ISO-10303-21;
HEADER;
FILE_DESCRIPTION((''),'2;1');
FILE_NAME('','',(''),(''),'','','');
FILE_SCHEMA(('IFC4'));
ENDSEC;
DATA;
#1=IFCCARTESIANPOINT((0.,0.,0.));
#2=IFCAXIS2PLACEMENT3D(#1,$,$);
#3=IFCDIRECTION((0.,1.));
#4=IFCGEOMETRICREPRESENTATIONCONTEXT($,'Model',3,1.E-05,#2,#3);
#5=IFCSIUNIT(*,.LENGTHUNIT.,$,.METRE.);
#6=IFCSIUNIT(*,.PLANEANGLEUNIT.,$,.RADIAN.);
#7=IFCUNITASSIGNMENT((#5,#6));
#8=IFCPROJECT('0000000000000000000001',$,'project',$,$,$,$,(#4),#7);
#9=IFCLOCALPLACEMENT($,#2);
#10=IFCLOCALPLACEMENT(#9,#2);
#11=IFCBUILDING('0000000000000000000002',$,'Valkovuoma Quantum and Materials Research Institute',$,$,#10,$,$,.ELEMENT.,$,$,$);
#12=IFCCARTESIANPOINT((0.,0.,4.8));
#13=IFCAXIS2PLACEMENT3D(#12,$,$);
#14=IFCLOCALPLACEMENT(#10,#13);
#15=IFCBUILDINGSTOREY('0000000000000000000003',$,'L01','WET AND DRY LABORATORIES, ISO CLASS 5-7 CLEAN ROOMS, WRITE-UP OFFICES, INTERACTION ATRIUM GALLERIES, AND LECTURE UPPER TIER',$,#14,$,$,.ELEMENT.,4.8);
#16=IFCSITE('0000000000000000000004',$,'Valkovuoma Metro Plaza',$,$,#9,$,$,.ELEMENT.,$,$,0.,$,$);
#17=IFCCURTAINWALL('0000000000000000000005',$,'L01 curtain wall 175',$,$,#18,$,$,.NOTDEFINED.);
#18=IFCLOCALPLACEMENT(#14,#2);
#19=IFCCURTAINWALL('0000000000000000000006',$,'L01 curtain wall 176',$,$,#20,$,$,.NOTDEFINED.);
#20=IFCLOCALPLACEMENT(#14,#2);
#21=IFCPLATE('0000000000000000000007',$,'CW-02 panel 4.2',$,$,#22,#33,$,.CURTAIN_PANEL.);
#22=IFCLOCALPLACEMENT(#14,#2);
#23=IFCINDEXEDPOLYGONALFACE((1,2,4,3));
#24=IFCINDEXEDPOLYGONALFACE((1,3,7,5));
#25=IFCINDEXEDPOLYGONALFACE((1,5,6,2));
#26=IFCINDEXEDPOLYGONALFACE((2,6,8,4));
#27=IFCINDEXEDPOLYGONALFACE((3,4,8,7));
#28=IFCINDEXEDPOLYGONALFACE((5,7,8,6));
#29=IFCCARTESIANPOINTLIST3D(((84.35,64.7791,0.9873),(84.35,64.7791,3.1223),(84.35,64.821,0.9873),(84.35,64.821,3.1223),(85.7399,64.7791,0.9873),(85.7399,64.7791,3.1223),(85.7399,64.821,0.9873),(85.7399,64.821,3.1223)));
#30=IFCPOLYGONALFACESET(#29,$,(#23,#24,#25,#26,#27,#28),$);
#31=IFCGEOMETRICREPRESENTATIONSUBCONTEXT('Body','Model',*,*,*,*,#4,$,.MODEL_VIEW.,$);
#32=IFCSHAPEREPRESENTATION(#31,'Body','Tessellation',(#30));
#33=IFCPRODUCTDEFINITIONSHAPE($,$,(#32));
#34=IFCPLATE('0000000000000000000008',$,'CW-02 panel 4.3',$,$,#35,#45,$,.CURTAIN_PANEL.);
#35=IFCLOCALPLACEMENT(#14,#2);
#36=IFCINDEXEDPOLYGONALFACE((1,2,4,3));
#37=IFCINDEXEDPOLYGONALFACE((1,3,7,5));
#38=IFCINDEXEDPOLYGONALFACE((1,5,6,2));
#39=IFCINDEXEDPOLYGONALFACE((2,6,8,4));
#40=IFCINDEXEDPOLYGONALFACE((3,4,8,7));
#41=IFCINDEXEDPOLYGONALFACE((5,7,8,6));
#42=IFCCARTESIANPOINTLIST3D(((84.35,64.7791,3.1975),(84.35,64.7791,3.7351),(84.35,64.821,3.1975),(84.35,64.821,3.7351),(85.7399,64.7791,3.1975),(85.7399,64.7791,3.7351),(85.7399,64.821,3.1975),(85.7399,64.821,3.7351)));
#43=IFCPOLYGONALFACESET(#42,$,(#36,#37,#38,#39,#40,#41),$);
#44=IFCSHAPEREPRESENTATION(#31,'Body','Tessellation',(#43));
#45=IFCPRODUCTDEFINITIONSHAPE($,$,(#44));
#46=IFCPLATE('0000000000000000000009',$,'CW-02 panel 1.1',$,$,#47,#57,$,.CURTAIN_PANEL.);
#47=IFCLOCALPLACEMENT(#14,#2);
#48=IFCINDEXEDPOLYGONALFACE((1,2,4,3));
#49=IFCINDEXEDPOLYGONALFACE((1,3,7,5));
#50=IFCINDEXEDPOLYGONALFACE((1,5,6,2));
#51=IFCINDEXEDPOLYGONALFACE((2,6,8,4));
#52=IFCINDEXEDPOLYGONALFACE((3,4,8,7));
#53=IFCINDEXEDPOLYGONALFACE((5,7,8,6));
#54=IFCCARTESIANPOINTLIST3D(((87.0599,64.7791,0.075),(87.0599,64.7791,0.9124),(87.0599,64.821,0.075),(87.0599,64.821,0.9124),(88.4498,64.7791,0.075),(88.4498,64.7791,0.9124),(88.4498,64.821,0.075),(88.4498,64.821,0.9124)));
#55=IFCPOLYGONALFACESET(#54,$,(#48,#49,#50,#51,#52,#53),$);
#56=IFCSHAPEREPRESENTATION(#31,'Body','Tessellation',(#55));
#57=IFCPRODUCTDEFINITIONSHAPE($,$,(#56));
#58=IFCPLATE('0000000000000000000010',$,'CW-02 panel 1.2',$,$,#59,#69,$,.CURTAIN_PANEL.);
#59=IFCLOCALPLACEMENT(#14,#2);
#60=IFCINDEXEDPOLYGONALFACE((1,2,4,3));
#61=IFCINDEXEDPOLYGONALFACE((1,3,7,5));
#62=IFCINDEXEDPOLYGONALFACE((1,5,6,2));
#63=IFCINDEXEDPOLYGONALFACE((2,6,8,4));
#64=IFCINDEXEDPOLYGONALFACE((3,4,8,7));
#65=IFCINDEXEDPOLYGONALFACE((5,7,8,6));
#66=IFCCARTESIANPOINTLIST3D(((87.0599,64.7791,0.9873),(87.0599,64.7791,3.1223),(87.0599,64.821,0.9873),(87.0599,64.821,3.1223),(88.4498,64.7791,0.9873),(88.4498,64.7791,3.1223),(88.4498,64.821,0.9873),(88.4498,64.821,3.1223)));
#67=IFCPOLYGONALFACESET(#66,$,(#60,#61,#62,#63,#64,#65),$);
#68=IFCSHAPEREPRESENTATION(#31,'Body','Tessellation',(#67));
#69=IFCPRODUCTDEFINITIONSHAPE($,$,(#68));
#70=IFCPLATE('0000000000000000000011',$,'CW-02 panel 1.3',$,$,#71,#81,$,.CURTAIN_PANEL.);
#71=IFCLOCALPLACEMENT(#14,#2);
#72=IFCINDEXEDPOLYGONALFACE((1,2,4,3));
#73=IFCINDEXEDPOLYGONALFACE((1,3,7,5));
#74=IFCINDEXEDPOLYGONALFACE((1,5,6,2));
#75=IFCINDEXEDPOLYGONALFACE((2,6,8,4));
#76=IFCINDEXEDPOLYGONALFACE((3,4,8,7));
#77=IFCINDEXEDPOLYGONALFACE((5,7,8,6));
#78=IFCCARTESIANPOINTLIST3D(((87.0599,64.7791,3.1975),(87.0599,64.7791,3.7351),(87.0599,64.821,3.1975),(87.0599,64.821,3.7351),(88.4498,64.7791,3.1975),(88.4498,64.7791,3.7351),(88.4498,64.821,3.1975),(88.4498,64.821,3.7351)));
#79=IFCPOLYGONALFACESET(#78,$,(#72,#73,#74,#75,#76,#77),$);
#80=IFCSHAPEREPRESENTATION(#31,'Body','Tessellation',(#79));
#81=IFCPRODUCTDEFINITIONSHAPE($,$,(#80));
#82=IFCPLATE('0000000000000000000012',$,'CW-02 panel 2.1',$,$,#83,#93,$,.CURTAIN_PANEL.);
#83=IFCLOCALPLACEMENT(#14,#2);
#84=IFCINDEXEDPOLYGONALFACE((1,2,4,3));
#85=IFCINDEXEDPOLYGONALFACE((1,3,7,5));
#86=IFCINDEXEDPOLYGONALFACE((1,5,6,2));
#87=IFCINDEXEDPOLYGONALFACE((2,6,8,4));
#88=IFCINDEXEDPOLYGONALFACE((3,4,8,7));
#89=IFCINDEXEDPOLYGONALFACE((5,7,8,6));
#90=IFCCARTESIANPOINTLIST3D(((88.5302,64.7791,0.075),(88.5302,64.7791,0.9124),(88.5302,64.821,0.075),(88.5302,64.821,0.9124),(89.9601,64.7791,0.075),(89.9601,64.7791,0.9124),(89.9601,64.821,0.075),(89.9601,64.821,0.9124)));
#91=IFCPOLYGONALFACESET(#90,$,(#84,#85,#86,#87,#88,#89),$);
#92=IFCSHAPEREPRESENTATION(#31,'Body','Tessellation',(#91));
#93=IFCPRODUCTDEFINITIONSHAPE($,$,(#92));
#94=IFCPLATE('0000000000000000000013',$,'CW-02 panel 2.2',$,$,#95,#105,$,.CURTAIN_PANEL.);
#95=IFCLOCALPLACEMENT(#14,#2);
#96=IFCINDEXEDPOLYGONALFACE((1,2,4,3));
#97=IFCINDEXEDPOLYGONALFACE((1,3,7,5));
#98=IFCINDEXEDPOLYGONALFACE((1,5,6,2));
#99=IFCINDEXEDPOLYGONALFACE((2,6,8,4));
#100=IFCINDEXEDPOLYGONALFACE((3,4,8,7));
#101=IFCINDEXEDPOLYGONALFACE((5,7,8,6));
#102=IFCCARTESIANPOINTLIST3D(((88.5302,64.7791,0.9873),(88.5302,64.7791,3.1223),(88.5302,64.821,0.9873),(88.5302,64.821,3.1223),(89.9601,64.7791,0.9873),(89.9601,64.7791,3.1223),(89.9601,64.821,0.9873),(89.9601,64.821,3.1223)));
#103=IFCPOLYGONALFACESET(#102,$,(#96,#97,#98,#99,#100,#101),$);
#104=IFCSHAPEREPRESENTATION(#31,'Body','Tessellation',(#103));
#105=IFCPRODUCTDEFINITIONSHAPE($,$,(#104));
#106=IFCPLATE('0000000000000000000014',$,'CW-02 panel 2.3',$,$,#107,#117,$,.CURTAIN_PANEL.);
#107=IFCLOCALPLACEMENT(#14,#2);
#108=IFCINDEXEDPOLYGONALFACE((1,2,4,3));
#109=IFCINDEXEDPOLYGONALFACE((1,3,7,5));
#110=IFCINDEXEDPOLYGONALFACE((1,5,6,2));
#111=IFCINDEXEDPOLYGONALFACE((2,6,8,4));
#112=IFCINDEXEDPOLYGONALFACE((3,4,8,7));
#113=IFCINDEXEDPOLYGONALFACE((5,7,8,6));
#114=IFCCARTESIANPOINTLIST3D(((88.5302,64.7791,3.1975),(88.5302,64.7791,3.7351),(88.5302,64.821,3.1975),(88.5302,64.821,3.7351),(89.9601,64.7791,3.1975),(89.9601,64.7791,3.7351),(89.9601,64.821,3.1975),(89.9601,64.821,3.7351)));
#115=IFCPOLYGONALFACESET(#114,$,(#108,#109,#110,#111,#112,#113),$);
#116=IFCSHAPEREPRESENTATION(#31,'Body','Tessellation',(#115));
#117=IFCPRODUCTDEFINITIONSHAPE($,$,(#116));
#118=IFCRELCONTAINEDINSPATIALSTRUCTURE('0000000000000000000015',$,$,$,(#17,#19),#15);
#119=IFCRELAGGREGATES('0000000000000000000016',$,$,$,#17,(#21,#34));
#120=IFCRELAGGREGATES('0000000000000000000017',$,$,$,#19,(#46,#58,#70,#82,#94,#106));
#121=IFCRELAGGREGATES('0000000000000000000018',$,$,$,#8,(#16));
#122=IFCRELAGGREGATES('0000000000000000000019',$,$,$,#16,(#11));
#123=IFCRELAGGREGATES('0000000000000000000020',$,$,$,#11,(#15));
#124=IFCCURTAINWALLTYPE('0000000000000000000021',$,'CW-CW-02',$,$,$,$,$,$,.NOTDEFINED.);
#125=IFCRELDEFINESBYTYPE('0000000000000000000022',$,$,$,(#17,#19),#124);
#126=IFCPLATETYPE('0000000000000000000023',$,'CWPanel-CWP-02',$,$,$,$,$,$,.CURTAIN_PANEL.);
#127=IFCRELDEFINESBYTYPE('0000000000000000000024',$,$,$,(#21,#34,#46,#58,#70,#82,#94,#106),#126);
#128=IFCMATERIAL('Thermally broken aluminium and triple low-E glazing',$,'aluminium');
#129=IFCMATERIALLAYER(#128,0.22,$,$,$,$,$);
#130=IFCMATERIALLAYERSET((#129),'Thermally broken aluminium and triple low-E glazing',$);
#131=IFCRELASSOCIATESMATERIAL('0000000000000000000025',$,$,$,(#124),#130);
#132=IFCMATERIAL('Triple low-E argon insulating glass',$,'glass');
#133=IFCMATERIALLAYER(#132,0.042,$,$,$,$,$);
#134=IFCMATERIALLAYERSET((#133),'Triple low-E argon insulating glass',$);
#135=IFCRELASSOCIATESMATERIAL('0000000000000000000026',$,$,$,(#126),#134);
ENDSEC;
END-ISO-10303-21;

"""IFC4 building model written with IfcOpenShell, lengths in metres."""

from ifc_helpers import new_model, si_unit, direction, frame, origin, origin_2d, place, context, subcontext, project, spatial, rectangle, extrude, material, layer, layer_set, type_object, element, aggregate, save


model = new_model("IFC4")

# Units and contexts
model_context = context("Model", 3, precision=1e-05, world=origin(), true_north=direction((0.0, 1.0)))
body_context = subcontext(model_context, "Body", "Model", "MODEL_VIEW")
ifc_project = project(units=[si_unit("LENGTHUNIT", "METRE"), si_unit("PLANEANGLEUNIT", "RADIAN")], contexts=[model_context])

# Site, building, storey
site_placement = place(None, origin())
site = spatial("IfcSite", under=ifc_project, at=site_placement, Name="Valkovuoma Metro Plaza", CompositionType="ELEMENT", RefElevation=0.0)
building_placement = place(site_placement, origin())
building = spatial("IfcBuilding", under=site, at=building_placement, Name="Valkovuoma Quantum and Materials Research Institute", CompositionType="ELEMENT")
storey_placement = place(building_placement, frame((0.0, 0.0, 4.8)))
storey = spatial("IfcBuildingStorey", under=building, at=storey_placement, Name="L01", Description="WET AND DRY LABORATORIES, ISO CLASS 5-7 CLEAN ROOMS, WRITE-UP OFFICES, INTERACTION ATRIUM GALLERIES, AND LECTURE UPPER TIER", CompositionType="ELEMENT", Elevation=4.8)

# Curtain walls
ifc_material_1 = material(Name="Thermally broken aluminium and triple low-E glazing", Category="aluminium")
ifc_layer_1 = layer(ifc_material_1, 0.22)
ifc_layer_set_1 = layer_set([ifc_layer_1], Name="Thermally broken aluminium and triple low-E glazing")
curtain_wall_type = type_object("IfcCurtainWallType", Name="CW-CW-02", PredefinedType="NOTDEFINED", material=ifc_layer_set_1)
curtain_wall_1_placement = place(storey_placement, origin())
curtain_wall_1 = element("IfcCurtainWall", 1, at=curtain_wall_1_placement, inside=storey, type_object=curtain_wall_type, Name="L01 curtain wall 175", PredefinedType="NOTDEFINED")
curtain_wall_2_placement = place(storey_placement, origin())
curtain_wall_2 = element("IfcCurtainWall", 2, at=curtain_wall_2_placement, inside=storey, type_object=curtain_wall_type, Name="L01 curtain wall 176", PredefinedType="NOTDEFINED")

# Plates
ifc_material_2 = material(Name="Triple low-E argon insulating glass", Category="glass")
ifc_layer_2 = layer(ifc_material_2, 0.042)
ifc_layer_set_2 = layer_set([ifc_layer_2], Name="Triple low-E argon insulating glass")
plate_type = type_object("IfcPlateType", Name="CWPanel-CWP-02", PredefinedType="CURTAIN_PANEL", material=ifc_layer_set_2)
plate_1_placement = place(storey_placement, frame((85.0449, 64.8, 0.9873), z_axis=(0.0, 0.0, 1.0), x_axis=(1.0, 0.0, 0.0)))
plate_1 = element("IfcPlate", 3, at=plate_1_placement, type_object=plate_type, Name="CW-02 panel 4.2", PredefinedType="CURTAIN_PANEL", context=body_context, shape_type="SweptSolid", body=[
    extrude(rectangle(XDim=1.3899, YDim=0.042, at=origin_2d()), origin(), (0.0, 0.0, 1.0), 2.135),
])
plate_2_placement = place(storey_placement, frame((85.0449, 64.8, 3.1975), z_axis=(0.0, 0.0, 1.0), x_axis=(1.0, 0.0, 0.0)))
plate_2 = element("IfcPlate", 4, at=plate_2_placement, type_object=plate_type, Name="CW-02 panel 4.3", PredefinedType="CURTAIN_PANEL", context=body_context, shape_type="SweptSolid", body=[
    extrude(rectangle(XDim=1.3899, YDim=0.042, at=origin_2d()), origin(), (0.0, 0.0, 1.0), 0.5376),
])
aggregate(curtain_wall_1, [plate_1, plate_2])
plate_3_placement = place(storey_placement, frame((87.7549, 64.8, 0.075), z_axis=(0.0, 0.0, 1.0), x_axis=(1.0, 0.0, 0.0)))
plate_3 = element("IfcPlate", 5, at=plate_3_placement, type_object=plate_type, Name="CW-02 panel 1.1", PredefinedType="CURTAIN_PANEL", context=body_context, shape_type="SweptSolid", body=[
    extrude(rectangle(XDim=1.3899, YDim=0.042, at=origin_2d()), origin(), (0.0, 0.0, 1.0), 0.8374),
])
plate_4_placement = place(storey_placement, frame((87.7549, 64.8, 0.9873), z_axis=(0.0, 0.0, 1.0), x_axis=(1.0, 0.0, 0.0)))
plate_4 = element("IfcPlate", 6, at=plate_4_placement, type_object=plate_type, Name="CW-02 panel 1.2", PredefinedType="CURTAIN_PANEL", context=body_context, shape_type="SweptSolid", body=[
    extrude(rectangle(XDim=1.3899, YDim=0.042, at=origin_2d()), origin(), (0.0, 0.0, 1.0), 2.135),
])
plate_5_placement = place(storey_placement, frame((87.7549, 64.8, 3.1975), z_axis=(0.0, 0.0, 1.0), x_axis=(1.0, 0.0, 0.0)))
plate_5 = element("IfcPlate", 7, at=plate_5_placement, type_object=plate_type, Name="CW-02 panel 1.3", PredefinedType="CURTAIN_PANEL", context=body_context, shape_type="SweptSolid", body=[
    extrude(rectangle(XDim=1.3899, YDim=0.042, at=origin_2d()), origin(), (0.0, 0.0, 1.0), 0.5376),
])
plate_6_placement = place(storey_placement, frame((89.2451, 64.8, 0.075), z_axis=(0.0, 0.0, 1.0), x_axis=(1.0, 0.0, 0.0)))
plate_6 = element("IfcPlate", 8, at=plate_6_placement, type_object=plate_type, Name="CW-02 panel 2.1", PredefinedType="CURTAIN_PANEL", context=body_context, shape_type="SweptSolid", body=[
    extrude(rectangle(XDim=1.4299, YDim=0.042, at=origin_2d()), origin(), (0.0, 0.0, 1.0), 0.8374),
])
plate_7_placement = place(storey_placement, frame((89.2451, 64.8, 0.9873), z_axis=(0.0, 0.0, 1.0), x_axis=(1.0, 0.0, 0.0)))
plate_7 = element("IfcPlate", 9, at=plate_7_placement, type_object=plate_type, Name="CW-02 panel 2.2", PredefinedType="CURTAIN_PANEL", context=body_context, shape_type="SweptSolid", body=[
    extrude(rectangle(XDim=1.4299, YDim=0.042, at=origin_2d()), origin(), (0.0, 0.0, 1.0), 2.135),
])
plate_8_placement = place(storey_placement, frame((89.2451, 64.8, 3.1975), z_axis=(0.0, 0.0, 1.0), x_axis=(1.0, 0.0, 0.0)))
plate_8 = element("IfcPlate", 10, at=plate_8_placement, type_object=plate_type, Name="CW-02 panel 2.3", PredefinedType="CURTAIN_PANEL", context=body_context, shape_type="SweptSolid", body=[
    extrude(rectangle(XDim=1.4299, YDim=0.042, at=origin_2d()), origin(), (0.0, 0.0, 1.0), 0.5376),
])
aggregate(curtain_wall_2, [plate_3, plate_4, plate_5, plate_6, plate_7, plate_8])

save(model, "model.ifc")
